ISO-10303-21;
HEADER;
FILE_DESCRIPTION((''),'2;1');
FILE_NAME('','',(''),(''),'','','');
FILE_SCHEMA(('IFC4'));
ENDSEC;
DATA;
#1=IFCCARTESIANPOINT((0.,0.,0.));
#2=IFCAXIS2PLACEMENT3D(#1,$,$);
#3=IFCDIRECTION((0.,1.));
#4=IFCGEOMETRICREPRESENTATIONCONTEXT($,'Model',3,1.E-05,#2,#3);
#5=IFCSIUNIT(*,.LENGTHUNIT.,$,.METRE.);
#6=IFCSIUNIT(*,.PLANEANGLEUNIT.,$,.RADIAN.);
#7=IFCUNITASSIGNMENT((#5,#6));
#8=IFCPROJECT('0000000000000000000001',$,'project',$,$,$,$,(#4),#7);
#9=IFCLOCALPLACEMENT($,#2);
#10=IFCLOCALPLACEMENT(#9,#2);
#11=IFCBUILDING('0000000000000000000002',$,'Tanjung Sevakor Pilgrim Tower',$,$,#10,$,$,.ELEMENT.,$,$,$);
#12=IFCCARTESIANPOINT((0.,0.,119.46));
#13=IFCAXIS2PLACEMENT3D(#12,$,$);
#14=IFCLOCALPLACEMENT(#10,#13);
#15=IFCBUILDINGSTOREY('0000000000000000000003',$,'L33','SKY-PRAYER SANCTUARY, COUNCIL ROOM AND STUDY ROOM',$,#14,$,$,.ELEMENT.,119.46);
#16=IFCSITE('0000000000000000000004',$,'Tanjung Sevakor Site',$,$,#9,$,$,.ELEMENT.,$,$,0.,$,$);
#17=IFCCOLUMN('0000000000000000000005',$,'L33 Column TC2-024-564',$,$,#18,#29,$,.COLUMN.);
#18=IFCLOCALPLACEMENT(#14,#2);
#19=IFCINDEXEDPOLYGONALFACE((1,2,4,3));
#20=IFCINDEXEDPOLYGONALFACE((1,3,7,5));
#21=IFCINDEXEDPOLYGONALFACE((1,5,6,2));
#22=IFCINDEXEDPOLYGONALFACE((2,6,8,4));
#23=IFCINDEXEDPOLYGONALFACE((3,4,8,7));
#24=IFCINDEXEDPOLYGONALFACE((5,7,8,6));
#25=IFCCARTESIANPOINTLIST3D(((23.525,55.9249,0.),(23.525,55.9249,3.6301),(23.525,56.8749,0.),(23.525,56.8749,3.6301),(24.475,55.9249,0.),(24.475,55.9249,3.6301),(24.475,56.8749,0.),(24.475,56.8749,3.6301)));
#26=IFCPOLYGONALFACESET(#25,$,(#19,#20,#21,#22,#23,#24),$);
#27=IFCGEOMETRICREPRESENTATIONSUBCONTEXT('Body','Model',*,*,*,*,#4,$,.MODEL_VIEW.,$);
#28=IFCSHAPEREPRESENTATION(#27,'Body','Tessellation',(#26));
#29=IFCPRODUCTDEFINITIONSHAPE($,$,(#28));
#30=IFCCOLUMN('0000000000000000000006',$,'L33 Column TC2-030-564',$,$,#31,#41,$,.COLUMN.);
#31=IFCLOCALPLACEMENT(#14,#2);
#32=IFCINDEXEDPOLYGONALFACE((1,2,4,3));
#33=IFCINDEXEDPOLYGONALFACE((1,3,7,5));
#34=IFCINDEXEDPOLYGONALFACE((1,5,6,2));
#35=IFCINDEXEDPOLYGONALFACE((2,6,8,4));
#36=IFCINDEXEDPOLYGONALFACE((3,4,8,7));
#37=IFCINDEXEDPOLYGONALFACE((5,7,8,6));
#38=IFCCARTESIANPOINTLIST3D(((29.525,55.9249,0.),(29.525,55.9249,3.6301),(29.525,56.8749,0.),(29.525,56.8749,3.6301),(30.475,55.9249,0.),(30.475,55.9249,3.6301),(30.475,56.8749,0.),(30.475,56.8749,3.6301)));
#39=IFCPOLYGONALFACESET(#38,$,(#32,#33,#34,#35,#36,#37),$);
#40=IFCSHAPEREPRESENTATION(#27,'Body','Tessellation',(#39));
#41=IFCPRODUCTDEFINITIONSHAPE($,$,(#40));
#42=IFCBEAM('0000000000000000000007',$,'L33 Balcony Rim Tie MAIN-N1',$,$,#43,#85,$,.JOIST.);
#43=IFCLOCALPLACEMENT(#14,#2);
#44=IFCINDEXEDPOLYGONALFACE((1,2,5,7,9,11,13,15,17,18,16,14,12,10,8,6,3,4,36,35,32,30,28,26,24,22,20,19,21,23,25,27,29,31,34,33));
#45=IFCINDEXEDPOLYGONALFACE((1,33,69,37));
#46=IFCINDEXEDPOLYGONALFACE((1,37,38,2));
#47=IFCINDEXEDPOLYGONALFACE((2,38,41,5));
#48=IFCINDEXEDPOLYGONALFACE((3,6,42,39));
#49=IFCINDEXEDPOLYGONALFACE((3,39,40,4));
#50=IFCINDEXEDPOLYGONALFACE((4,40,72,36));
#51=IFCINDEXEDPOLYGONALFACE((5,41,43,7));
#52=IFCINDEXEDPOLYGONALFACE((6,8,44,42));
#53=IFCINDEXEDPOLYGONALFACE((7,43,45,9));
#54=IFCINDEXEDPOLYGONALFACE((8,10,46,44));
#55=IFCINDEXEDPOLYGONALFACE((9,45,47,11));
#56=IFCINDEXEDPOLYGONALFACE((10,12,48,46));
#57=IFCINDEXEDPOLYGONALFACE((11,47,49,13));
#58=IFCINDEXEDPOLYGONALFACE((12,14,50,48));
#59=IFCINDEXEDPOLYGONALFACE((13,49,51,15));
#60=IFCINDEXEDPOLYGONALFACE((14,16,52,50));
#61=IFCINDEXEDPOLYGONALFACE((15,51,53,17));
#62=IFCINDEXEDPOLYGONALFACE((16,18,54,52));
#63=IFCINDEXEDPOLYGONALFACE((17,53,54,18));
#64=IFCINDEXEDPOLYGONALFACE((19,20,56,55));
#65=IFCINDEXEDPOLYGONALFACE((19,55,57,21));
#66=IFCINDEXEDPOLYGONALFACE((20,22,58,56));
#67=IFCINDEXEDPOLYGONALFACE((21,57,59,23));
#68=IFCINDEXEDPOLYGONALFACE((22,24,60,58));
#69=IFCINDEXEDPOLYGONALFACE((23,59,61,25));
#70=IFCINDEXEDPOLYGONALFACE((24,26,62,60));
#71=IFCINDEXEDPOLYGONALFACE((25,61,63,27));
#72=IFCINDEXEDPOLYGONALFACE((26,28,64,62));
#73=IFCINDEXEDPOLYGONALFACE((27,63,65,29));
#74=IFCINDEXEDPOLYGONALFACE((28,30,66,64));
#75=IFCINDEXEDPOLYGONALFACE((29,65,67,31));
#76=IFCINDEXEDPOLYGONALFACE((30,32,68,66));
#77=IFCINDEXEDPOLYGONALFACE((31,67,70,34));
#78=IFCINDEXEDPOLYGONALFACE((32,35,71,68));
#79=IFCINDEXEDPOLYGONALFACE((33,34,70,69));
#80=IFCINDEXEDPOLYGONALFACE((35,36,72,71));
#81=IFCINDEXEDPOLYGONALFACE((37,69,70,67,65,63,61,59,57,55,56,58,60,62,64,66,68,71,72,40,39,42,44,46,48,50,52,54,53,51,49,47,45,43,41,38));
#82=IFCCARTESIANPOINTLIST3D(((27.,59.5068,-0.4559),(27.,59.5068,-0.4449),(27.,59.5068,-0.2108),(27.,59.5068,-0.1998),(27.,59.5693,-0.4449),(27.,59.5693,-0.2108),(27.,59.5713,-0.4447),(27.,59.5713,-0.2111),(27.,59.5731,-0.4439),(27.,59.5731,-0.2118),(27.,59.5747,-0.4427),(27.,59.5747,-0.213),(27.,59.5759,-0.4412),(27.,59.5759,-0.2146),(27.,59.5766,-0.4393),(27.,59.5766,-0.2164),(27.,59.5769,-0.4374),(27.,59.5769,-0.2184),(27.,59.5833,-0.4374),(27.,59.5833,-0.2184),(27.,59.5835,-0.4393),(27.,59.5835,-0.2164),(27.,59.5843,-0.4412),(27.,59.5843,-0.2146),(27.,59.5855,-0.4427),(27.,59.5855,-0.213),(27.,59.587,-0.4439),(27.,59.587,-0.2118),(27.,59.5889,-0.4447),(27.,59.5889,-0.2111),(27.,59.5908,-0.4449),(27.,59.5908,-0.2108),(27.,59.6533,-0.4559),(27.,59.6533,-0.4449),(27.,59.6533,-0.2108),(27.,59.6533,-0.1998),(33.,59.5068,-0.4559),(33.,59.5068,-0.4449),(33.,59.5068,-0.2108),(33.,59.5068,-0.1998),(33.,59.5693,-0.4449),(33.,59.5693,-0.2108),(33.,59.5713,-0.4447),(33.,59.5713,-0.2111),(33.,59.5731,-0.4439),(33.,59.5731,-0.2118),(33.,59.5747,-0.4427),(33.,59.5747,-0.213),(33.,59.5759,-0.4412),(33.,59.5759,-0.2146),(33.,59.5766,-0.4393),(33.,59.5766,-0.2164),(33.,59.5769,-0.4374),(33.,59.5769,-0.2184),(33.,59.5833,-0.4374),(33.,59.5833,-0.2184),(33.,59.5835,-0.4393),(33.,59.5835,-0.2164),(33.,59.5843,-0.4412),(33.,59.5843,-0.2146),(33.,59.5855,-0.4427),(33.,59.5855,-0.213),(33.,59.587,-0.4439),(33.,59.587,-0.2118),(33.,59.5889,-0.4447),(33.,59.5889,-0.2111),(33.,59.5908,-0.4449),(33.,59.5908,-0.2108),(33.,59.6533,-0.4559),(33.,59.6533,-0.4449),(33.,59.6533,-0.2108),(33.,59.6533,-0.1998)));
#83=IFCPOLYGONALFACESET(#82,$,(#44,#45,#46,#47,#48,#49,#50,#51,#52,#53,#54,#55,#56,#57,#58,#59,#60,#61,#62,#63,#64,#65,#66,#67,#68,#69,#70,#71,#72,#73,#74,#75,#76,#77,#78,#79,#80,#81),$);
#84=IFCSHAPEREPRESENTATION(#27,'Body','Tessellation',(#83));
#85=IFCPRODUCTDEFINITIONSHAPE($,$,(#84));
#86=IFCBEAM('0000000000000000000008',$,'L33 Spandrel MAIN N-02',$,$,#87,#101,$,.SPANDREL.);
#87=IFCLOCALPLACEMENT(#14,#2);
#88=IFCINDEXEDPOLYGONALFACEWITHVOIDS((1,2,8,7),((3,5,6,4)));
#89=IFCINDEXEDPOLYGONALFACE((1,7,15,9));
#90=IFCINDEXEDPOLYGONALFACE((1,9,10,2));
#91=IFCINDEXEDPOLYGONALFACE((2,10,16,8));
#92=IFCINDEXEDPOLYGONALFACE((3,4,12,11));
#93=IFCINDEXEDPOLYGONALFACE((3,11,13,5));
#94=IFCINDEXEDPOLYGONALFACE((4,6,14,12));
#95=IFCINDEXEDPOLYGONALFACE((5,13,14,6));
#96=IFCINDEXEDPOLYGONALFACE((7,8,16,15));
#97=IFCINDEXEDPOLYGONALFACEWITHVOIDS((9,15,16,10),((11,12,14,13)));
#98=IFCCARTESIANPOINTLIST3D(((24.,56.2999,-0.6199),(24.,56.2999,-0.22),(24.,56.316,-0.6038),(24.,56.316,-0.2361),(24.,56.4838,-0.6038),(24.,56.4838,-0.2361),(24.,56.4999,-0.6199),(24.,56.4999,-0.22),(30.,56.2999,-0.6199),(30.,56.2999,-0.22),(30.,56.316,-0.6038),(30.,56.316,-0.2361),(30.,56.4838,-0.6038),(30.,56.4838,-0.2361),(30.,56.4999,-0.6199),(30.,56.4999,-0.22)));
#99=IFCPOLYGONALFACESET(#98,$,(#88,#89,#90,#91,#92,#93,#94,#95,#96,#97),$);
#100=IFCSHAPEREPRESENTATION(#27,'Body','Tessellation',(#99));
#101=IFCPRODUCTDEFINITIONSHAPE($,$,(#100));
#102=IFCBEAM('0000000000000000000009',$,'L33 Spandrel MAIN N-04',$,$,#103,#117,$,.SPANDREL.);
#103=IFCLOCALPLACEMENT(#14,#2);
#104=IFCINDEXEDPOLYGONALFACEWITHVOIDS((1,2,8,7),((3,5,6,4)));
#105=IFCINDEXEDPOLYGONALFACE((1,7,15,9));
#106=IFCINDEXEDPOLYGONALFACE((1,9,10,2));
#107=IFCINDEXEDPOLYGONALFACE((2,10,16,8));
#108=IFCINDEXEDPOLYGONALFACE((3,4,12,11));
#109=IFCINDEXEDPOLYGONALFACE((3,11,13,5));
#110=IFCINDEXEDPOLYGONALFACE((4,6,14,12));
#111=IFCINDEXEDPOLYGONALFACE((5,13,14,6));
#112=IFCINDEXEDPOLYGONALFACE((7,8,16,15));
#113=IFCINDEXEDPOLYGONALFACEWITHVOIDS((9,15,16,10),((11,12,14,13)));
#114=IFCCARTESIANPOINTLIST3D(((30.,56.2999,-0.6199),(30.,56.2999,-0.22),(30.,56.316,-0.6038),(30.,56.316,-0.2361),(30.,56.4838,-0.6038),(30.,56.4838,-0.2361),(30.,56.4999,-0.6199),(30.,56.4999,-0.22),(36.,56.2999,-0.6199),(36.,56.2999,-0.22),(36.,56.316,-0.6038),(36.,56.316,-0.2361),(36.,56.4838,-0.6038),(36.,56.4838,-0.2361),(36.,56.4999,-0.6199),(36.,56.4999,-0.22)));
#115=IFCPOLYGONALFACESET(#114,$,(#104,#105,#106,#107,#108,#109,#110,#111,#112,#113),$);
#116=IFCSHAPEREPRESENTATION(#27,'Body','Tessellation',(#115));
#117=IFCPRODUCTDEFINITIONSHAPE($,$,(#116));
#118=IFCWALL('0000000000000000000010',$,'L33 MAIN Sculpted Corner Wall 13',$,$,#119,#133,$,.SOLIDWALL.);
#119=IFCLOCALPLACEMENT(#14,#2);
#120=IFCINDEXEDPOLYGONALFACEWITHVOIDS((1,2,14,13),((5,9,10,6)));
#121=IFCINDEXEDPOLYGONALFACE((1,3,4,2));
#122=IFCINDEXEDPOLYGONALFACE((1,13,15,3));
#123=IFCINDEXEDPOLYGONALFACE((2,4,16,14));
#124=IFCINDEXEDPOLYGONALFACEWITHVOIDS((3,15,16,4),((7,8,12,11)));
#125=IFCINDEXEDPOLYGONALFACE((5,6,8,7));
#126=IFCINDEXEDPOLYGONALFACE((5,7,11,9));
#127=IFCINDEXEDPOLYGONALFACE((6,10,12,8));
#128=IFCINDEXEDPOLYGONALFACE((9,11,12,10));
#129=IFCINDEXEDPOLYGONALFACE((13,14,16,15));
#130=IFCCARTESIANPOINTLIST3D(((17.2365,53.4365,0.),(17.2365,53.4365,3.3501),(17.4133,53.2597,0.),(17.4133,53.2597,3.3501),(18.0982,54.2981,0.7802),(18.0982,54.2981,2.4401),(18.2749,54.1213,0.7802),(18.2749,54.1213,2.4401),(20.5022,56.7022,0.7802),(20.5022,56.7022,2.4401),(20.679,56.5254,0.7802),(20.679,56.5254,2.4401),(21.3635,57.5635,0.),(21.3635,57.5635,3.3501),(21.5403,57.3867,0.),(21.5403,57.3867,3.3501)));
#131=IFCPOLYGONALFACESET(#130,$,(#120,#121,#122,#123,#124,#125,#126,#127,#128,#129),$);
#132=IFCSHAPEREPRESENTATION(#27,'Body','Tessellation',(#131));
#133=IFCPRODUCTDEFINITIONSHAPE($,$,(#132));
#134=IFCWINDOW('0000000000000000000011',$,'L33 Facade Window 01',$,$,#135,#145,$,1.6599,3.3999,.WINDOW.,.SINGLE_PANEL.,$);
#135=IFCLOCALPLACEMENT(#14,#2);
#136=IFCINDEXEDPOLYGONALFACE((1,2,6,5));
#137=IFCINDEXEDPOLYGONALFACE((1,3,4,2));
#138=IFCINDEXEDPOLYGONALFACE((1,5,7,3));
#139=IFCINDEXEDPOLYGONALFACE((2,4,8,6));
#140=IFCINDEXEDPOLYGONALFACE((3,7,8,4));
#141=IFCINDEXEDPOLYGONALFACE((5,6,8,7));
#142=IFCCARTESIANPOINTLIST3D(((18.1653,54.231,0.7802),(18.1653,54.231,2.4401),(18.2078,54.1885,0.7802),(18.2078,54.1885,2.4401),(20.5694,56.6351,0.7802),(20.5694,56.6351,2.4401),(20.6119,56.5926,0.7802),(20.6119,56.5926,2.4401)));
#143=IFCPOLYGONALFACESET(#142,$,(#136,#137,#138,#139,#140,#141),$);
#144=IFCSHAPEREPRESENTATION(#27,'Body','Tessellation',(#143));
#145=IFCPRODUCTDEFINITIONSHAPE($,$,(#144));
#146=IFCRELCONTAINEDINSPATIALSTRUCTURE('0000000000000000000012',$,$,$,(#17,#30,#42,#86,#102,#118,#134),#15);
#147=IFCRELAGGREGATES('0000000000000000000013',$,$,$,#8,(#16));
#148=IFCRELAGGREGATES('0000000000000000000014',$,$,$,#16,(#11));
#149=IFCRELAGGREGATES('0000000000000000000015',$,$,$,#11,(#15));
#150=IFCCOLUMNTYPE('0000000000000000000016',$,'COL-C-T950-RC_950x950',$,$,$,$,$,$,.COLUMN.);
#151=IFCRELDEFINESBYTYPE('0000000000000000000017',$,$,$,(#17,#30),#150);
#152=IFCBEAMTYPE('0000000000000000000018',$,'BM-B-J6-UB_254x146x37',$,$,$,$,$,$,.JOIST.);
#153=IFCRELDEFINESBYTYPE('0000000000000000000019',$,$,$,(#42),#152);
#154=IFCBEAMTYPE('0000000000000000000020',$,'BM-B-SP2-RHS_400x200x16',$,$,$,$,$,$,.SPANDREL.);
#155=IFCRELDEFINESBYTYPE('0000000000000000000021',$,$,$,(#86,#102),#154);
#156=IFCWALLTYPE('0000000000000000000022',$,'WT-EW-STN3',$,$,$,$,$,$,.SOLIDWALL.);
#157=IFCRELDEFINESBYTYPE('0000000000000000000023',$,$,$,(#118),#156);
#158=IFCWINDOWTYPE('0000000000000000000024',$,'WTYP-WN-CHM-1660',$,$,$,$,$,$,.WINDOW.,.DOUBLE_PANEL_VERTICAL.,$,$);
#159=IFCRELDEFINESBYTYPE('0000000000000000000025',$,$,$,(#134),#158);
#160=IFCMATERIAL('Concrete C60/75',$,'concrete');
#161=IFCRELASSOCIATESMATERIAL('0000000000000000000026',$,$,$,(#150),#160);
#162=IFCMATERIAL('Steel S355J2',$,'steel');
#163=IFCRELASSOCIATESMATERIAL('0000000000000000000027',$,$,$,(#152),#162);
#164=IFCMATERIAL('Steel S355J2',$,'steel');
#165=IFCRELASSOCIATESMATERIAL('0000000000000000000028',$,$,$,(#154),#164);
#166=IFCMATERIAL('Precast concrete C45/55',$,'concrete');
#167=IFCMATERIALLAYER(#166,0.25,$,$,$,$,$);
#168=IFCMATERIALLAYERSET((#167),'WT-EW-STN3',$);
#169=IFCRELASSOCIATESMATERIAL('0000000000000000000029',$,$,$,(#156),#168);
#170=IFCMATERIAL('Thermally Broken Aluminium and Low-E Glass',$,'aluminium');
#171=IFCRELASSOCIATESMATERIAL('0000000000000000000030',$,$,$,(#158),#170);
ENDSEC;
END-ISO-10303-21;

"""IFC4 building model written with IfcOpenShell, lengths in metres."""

from ifc_helpers import new_model, si_unit, direction, frame, frame_2d, origin, origin_2d, place, context, subcontext, project, spatial, rectangle, hollow_rectangle, i_section, extrude, material, layer, layer_set, material_profile, profile_set, type_object, element, fill, save


model = new_model("IFC4")

# Units and contexts
model_context = context("Model", 3, precision=1e-05, world=origin(), true_north=direction((0.0, 1.0)))
body_context = subcontext(model_context, "Body", "Model", "MODEL_VIEW")
ifc_project = project(units=[si_unit("LENGTHUNIT", "METRE"), si_unit("PLANEANGLEUNIT", "RADIAN")], contexts=[model_context])

# Site, building, storey
site_placement = place(None, origin())
site = spatial("IfcSite", under=ifc_project, at=site_placement, Name="Tanjung Sevakor Site", CompositionType="ELEMENT", RefElevation=0.0)
building_placement = place(site_placement, origin())
building = spatial("IfcBuilding", under=site, at=building_placement, Name="Tanjung Sevakor Pilgrim Tower", CompositionType="ELEMENT")
storey_placement = place(building_placement, frame((0.0, 0.0, 119.46)))
storey = spatial("IfcBuildingStorey", under=building, at=storey_placement, Name="L33", Description="SKY-PRAYER SANCTUARY, COUNCIL ROOM AND STUDY ROOM", CompositionType="ELEMENT", Elevation=119.46)

# Columns
ifc_material_1 = material(Name="Concrete C60/75", Category="concrete")
ifc_material_profile_1 = material_profile(ifc_material_1, rectangle(XDim=0.95, YDim=0.95, at=origin_2d()))
ifc_profile_set_1 = profile_set([ifc_material_profile_1], Name="Concrete C60/75")
column_type = type_object("IfcColumnType", Name="COL-C-T950-RC_950x950", PredefinedType="COLUMN", material=ifc_profile_set_1)
for number, where, z_axis, x_axis, name in (
    (1, (24.0, 56.3999, 0.0), (0.0, 0.0, 1.0), (1.0, 0.0, 0.0), "L33 Column TC2-024-564"),
    (2, (30.0, 56.3999, 0.0), (0.0, 0.0, 1.0), (1.0, 0.0, 0.0), "L33 Column TC2-030-564"),
):
    element("IfcColumn", number, at=place(storey_placement, frame(where, z_axis=z_axis, x_axis=x_axis)), inside=storey, type_object=column_type, Name=name, PredefinedType="COLUMN", context=body_context, shape_type="SweptSolid", body=[
        extrude(rectangle(XDim=0.95, YDim=0.95, at=origin_2d()), origin(), (0.0, 0.0, 1.0), 3.6301),
    ])

# Beams
ifc_material_2 = material(Name="Steel S355J2", Category="steel")
ifc_material_profile_2 = material_profile(ifc_material_2, i_section(OverallWidth=0.1465, OverallDepth=0.2561, WebThickness=0.0063, FlangeThickness=0.011, FilletRadius=0.0076, at=origin_2d()))
ifc_profile_set_2 = profile_set([ifc_material_profile_2], Name="Steel S355J2")
beam_type_1 = type_object("IfcBeamType", Name="BM-B-J6-UB_254x146x37", PredefinedType="JOIST", material=ifc_profile_set_2)
beam_placement = place(storey_placement, frame((27.0, 59.5801, -0.3279), z_axis=(1.0, 0.0, 0.0), x_axis=(0.0, 1.0, 0.0)))
element("IfcBeam", 3, at=beam_placement, inside=storey, type_object=beam_type_1, Name="L33 Balcony Rim Tie MAIN-N1", PredefinedType="JOIST", context=body_context, shape_type="SweptSolid", body=[
    extrude(i_section(OverallWidth=0.1465, OverallDepth=0.2561, WebThickness=0.0063, FlangeThickness=0.011, FilletRadius=0.0076, at=origin_2d()), origin(), (0.0, 0.0, 1.0), 6.0),
])
ifc_material_3 = material(Name="Steel S355J2", Category="steel")
ifc_material_profile_3 = material_profile(ifc_material_3, hollow_rectangle(XDim=0.2, YDim=0.3999, WallThickness=0.0161, at=origin_2d()))
ifc_profile_set_3 = profile_set([ifc_material_profile_3], Name="Steel S355J2")
beam_type_2 = type_object("IfcBeamType", Name="BM-B-SP2-RHS_400x200x16", PredefinedType="SPANDREL", material=ifc_profile_set_3)
for number, where, z_axis, x_axis, name in (
    (4, (24.0, 56.3999, -0.4199), (1.0, 0.0, 0.0), (0.0, 1.0, 0.0), "L33 Spandrel MAIN N-02"),
    (5, (30.0, 56.3999, -0.4199), (1.0, 0.0, 0.0), (0.0, 1.0, 0.0), "L33 Spandrel MAIN N-04"),
):
    element("IfcBeam", number, at=place(storey_placement, frame(where, z_axis=z_axis, x_axis=x_axis)), inside=storey, type_object=beam_type_2, Name=name, PredefinedType="SPANDREL", context=body_context, shape_type="SweptSolid", body=[
        extrude(hollow_rectangle(XDim=0.2, YDim=0.3999, WallThickness=0.0161, at=origin_2d()), origin(), (0.0, 0.0, 1.0), 6.0),
    ])

# Wall, opening, window
ifc_material_4 = material(Name="Precast concrete C45/55", Category="concrete")
ifc_layer_1 = layer(ifc_material_4, 0.25)
ifc_layer_set_1 = layer_set([ifc_layer_1], Name="WT-EW-STN3")
wall_type_1 = type_object("IfcWallType", Name="WT-EW-STN3", PredefinedType="SOLIDWALL", material=ifc_layer_set_1)
wall_1_placement = place(storey_placement, frame((21.4519, 57.4751, 0.0), z_axis=(0.0, 0.0, 1.0), x_axis=(-0.707107, -0.707107, 0.0)))
wall_1 = element("IfcWall", 6, at=wall_1_placement, inside=storey, type_object=wall_type_1, Name="L33 MAIN Sculpted Corner Wall 13", PredefinedType="SOLIDWALL", context=body_context, shape_type="SweptSolid", body=[
    extrude(rectangle(XDim=5.8364, YDim=0.25, at=frame_2d((2.9182, 0.0))), origin(), (0.0, 0.0, 1.0), 3.3501),
])
opening_1_placement = place(wall_1_placement, frame((1.218, 0.0, 0.78)))
opening_1 = element("IfcOpeningElement", 7, at=opening_1_placement, cuts=wall_1, PredefinedType="OPENING", context=body_context, shape_type="SweptSolid", body=[
    extrude(rectangle(XDim=3.3999, YDim=1.6599, at=frame_2d((1.7, 0.8301))), frame((0.0, 0.135, 0.0), z_axis=(0.0, -1.0, 0.0), x_axis=(1.0, 0.0, 0.0)), (0.0, 0.0, 1.0), 0.27),
])
ifc_material_5 = material(Name="Thermally Broken Aluminium and Low-E Glass", Category="aluminium")
window_type_1 = type_object("IfcWindowType", Name="WTYP-WN-CHM-1660", PartitioningType="DOUBLE_PANEL_VERTICAL", PredefinedType="WINDOW", material=ifc_material_5)
window_1_placement = place(opening_1_placement, origin())
window_1 = element("IfcWindow", 8, at=window_1_placement, inside=storey, type_object=window_type_1, Name="L33 Facade Window 01", OverallHeight=1.6599, OverallWidth=3.3999, PartitioningType="SINGLE_PANEL", PredefinedType="WINDOW", context=body_context, shape_type="SweptSolid", body=[
    extrude(rectangle(XDim=3.3999, YDim=1.6599, at=frame_2d((1.7, 0.8301))), frame((0.0, 0.03, 0.0), z_axis=(0.0, -1.0, 0.0), x_axis=(1.0, 0.0, 0.0)), (0.0, 0.0, 1.0), 0.0601),
])
fill(opening_1, window_1)

save(model, "model.ifc")
